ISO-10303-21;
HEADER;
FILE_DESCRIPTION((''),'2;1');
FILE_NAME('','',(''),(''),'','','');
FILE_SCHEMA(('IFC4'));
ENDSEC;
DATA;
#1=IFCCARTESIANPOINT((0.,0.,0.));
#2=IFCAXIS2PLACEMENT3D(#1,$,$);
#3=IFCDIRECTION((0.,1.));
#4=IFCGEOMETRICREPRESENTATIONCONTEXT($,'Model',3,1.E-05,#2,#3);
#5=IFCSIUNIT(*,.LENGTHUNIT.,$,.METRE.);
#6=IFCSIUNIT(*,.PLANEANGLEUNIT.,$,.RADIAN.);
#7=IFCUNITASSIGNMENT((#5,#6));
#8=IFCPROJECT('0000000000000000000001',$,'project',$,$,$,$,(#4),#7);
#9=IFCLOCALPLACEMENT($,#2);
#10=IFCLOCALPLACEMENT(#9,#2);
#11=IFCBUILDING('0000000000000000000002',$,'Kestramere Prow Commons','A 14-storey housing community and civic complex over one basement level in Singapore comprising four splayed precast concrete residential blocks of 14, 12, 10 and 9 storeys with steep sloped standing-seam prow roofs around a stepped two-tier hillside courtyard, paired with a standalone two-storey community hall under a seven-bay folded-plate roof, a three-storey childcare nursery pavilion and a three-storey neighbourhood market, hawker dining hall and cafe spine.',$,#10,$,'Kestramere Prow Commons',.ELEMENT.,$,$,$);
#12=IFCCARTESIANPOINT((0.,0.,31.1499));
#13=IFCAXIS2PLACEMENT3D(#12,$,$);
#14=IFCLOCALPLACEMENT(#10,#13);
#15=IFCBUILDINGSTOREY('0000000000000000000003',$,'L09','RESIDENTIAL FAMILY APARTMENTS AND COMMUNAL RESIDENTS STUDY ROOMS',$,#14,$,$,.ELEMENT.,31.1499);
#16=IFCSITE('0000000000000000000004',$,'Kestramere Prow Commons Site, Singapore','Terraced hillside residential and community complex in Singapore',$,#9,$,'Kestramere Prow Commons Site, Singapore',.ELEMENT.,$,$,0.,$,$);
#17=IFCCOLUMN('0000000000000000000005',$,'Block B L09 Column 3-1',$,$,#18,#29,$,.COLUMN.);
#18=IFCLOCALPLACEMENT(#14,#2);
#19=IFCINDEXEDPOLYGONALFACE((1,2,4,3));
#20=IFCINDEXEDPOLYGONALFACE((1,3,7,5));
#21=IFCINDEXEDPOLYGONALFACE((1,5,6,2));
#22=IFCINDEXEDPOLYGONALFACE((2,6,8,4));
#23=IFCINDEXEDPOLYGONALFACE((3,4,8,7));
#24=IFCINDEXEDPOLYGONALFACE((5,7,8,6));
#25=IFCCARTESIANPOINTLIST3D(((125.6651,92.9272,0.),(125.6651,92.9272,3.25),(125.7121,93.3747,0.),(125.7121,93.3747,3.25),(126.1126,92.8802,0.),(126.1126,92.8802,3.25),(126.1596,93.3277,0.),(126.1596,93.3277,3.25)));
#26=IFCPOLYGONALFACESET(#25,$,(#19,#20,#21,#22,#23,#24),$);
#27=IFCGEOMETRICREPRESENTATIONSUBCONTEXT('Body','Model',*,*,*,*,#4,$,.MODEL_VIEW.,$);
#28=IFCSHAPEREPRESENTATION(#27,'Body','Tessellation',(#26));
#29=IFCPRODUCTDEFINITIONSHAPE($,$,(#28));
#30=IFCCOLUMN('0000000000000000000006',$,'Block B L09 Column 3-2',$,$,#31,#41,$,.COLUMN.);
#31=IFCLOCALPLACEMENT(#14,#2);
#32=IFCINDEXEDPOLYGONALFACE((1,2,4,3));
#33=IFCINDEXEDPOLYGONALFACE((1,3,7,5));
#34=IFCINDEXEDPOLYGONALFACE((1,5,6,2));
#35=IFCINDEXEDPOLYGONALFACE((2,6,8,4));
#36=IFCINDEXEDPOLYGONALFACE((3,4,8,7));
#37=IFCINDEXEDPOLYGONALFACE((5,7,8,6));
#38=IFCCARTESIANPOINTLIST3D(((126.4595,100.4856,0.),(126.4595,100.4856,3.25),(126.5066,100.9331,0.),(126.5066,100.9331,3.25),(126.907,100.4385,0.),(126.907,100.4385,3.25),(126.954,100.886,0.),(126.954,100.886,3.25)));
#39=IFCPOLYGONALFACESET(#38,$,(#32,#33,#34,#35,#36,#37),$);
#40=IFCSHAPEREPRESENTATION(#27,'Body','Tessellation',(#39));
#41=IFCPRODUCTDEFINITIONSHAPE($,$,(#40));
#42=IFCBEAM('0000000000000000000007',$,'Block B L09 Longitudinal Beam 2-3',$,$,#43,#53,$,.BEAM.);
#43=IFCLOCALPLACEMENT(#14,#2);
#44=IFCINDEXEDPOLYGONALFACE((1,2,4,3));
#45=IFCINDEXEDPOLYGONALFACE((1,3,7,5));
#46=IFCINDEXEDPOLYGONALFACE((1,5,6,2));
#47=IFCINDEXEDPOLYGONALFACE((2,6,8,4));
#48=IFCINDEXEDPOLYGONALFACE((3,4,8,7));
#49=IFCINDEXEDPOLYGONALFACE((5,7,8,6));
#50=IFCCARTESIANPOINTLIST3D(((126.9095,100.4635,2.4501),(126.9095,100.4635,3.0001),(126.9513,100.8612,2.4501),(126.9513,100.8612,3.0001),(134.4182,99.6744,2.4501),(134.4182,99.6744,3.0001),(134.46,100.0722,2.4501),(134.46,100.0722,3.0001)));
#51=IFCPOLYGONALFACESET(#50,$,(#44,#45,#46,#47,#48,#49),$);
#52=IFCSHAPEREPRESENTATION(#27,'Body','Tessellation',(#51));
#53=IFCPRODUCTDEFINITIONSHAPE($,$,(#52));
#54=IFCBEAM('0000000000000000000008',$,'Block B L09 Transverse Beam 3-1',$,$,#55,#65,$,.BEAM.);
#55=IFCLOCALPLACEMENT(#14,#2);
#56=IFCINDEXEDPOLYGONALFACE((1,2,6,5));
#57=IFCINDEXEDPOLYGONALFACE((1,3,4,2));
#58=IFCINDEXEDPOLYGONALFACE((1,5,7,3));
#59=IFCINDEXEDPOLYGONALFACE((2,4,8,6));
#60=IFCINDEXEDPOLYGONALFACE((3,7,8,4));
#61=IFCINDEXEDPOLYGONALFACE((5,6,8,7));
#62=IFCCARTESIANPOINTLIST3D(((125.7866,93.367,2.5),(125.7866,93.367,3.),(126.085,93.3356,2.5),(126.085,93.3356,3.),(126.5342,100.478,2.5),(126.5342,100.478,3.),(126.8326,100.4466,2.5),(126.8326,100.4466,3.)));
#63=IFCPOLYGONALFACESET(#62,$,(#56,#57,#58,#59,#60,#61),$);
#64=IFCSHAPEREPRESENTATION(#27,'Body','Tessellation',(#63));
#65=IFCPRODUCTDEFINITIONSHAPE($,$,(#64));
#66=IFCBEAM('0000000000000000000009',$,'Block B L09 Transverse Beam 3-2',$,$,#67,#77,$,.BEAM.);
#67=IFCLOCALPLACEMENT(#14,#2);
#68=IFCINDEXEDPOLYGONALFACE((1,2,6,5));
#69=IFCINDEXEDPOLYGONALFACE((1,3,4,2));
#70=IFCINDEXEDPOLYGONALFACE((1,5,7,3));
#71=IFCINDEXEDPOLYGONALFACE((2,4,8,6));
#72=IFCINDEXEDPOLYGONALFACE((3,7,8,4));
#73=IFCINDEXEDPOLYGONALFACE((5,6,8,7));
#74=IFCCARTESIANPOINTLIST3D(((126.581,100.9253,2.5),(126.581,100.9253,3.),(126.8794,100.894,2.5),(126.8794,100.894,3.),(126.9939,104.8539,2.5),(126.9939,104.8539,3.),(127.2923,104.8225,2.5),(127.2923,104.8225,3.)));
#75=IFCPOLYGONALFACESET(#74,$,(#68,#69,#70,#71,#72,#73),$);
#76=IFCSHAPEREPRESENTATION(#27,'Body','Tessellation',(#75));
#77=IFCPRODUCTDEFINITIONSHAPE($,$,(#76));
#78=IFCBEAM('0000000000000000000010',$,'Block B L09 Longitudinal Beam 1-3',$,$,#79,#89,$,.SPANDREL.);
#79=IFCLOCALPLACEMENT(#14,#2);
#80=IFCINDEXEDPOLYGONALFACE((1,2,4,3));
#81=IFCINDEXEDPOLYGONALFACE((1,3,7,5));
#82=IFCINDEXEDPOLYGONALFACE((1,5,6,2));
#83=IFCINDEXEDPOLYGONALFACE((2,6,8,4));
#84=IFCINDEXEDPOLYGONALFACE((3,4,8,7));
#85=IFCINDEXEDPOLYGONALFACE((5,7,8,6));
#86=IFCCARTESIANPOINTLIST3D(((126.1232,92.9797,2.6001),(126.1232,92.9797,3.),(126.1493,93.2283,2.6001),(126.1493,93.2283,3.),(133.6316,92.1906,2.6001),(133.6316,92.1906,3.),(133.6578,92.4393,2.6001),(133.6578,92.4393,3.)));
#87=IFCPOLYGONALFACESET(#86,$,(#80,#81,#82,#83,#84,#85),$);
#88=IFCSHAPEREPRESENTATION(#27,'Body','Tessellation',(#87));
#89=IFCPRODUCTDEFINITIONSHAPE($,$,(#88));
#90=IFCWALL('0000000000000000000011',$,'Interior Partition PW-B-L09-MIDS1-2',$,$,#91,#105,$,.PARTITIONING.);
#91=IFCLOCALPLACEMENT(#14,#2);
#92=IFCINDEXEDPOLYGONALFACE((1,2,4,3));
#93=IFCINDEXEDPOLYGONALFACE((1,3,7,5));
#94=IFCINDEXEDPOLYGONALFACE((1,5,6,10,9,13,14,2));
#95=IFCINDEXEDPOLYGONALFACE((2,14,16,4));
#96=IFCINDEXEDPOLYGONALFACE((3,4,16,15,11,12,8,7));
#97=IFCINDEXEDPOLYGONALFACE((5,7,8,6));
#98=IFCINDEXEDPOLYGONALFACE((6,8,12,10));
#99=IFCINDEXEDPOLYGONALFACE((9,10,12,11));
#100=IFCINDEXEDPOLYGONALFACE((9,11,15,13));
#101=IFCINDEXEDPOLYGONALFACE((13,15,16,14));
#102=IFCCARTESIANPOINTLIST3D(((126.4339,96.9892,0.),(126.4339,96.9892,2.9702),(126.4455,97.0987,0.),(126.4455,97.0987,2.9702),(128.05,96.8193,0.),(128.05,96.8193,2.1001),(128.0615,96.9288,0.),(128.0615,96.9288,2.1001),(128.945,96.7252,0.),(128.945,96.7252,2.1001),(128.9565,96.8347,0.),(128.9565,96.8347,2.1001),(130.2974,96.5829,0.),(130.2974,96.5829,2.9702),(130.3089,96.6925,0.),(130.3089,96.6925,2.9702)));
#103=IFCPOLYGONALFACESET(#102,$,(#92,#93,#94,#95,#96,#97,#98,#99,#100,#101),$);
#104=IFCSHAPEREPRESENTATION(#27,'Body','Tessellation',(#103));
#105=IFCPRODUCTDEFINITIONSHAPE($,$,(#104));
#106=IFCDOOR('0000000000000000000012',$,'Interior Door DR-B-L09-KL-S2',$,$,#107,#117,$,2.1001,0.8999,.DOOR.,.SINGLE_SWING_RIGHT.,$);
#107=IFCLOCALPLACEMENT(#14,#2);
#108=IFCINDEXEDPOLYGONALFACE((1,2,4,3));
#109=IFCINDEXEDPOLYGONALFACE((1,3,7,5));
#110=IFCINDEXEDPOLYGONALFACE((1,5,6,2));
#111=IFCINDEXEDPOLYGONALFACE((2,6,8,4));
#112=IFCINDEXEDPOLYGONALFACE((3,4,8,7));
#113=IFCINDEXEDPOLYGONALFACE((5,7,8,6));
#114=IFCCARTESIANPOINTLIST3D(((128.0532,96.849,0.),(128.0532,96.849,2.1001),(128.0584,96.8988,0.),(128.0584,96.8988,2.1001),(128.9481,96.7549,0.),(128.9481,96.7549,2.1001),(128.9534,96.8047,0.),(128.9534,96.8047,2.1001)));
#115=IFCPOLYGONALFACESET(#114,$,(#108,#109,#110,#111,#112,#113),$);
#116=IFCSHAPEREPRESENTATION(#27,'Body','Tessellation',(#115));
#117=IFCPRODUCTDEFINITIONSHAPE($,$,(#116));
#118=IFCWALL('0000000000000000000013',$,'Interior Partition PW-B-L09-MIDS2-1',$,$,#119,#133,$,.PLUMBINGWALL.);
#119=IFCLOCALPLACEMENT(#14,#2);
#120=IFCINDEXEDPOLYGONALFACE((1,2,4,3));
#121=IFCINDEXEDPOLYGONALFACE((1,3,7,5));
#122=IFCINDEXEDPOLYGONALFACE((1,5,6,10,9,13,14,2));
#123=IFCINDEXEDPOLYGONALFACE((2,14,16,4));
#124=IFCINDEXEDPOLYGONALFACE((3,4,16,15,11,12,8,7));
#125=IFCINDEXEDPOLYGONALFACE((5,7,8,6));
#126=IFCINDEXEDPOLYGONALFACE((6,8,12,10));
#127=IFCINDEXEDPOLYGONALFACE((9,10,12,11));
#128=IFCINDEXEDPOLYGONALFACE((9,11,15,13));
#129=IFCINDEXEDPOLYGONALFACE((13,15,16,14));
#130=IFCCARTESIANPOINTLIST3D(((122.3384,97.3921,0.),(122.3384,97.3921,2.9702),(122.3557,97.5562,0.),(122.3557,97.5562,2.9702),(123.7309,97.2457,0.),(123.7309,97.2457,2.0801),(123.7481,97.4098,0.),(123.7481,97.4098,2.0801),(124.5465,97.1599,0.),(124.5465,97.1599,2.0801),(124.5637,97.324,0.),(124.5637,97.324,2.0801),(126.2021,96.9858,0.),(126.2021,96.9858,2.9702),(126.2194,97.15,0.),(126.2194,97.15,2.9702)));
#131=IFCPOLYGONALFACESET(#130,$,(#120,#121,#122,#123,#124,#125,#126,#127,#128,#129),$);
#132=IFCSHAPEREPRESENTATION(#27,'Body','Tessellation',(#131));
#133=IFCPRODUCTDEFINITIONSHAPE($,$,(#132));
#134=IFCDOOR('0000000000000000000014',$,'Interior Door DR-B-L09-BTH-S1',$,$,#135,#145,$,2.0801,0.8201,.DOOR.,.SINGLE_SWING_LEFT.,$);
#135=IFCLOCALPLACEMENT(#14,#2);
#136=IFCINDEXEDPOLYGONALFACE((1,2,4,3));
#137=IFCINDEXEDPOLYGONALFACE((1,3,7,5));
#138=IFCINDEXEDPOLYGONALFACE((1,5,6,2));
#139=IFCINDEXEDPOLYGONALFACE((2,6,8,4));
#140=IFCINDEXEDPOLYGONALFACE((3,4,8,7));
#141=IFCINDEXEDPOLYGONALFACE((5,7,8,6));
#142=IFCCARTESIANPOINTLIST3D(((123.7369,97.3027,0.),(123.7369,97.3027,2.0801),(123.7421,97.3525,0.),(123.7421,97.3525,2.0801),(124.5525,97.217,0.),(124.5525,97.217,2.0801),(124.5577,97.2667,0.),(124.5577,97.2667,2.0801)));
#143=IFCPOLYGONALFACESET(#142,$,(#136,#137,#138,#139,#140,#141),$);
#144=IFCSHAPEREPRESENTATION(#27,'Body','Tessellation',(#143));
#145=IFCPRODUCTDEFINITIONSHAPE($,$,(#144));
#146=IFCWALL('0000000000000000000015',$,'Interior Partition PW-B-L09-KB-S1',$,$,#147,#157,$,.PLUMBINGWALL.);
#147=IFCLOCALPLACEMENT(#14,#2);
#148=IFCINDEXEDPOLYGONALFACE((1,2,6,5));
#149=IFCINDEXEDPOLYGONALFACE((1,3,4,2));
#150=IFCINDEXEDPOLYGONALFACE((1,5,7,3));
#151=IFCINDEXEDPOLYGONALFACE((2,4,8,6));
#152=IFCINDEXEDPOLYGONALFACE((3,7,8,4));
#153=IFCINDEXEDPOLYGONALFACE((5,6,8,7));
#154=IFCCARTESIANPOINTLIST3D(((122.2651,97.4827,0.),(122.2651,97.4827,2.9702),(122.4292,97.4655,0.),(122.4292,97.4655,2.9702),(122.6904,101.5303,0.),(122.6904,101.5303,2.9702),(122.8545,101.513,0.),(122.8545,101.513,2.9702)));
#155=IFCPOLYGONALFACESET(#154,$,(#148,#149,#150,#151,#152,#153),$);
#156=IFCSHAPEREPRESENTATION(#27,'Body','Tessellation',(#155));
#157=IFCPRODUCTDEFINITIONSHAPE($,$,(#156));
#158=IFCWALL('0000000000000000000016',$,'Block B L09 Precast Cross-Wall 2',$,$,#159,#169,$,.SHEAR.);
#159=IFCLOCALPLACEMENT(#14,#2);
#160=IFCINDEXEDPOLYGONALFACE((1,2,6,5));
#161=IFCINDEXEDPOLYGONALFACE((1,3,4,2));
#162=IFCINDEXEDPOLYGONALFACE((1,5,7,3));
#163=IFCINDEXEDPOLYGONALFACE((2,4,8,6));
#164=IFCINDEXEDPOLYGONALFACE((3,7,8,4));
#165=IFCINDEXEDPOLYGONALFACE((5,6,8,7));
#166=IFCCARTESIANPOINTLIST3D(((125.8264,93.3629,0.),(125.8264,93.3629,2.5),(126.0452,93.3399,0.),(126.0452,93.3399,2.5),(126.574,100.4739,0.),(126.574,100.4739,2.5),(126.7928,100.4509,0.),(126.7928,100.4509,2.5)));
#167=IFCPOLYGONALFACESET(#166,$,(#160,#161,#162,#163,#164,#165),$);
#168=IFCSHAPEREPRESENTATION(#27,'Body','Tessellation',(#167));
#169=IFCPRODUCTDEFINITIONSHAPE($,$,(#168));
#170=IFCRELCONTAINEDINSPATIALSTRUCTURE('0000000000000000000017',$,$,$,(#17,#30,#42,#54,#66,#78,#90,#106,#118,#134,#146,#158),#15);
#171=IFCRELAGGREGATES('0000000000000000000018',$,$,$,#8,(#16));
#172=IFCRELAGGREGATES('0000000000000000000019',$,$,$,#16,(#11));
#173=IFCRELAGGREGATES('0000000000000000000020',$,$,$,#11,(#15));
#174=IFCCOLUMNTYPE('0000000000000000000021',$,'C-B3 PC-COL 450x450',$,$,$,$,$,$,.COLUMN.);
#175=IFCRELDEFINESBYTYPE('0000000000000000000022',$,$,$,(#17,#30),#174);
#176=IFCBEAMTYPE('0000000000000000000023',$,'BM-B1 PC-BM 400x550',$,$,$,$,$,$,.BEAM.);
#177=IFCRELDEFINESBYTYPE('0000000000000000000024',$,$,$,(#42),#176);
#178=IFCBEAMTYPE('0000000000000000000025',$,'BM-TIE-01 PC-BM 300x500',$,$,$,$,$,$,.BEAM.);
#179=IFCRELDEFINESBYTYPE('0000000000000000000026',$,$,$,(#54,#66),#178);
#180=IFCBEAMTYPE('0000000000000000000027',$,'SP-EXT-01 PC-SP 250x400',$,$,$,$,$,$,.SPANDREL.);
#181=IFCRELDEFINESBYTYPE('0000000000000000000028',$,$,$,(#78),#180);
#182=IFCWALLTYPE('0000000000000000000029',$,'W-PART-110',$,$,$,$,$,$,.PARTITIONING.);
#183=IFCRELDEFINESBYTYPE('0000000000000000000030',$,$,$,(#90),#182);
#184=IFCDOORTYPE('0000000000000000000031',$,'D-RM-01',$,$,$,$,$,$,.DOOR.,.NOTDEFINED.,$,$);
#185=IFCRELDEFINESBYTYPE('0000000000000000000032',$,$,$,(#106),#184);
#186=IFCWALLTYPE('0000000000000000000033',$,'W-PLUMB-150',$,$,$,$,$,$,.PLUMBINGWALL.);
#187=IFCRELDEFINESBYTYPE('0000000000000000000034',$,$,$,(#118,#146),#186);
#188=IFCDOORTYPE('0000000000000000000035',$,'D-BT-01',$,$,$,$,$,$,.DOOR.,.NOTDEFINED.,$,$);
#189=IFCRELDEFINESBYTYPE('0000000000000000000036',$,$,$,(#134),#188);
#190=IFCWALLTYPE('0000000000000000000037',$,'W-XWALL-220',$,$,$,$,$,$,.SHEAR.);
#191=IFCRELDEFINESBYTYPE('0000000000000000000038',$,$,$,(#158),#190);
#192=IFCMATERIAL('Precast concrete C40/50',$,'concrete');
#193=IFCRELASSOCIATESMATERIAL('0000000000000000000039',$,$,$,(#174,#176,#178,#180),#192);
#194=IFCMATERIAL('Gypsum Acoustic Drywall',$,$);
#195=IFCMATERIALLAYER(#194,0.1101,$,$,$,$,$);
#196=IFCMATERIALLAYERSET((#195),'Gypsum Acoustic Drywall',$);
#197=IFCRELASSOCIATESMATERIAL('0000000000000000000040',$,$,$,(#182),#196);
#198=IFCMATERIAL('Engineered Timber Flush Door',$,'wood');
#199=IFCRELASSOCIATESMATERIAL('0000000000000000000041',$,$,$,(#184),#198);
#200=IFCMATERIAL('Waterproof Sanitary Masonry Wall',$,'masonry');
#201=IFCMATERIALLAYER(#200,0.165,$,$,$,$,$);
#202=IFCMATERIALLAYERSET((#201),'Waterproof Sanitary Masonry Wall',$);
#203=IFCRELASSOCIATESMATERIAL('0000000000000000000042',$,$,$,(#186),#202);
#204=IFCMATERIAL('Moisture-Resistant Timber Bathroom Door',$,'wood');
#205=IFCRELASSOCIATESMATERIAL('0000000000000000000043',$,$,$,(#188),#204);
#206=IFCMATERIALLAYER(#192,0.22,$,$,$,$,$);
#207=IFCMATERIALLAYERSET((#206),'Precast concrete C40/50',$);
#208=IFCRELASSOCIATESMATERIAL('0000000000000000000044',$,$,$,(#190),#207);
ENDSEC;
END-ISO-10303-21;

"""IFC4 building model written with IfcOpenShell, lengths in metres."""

from ifc_helpers import new_model, si_unit, direction, frame, frame_2d, origin, origin_2d, place, context, subcontext, project, spatial, rectangle, extrude, material, layer, layer_set, material_profile, profile_set, type_object, element, fill, save


model = new_model("IFC4")

# Units and contexts
model_context = context("Model", 3, precision=1e-05, world=origin(), true_north=direction((0.0, 1.0)))
body_context = subcontext(model_context, "Body", "Model", "MODEL_VIEW")
ifc_project = project(units=[si_unit("LENGTHUNIT", "METRE"), si_unit("PLANEANGLEUNIT", "RADIAN")], contexts=[model_context])

# Site, building, storey
site_placement = place(None, origin())
site = spatial("IfcSite", under=ifc_project, at=site_placement, Name="Kestramere Prow Commons Site, Singapore", Description="Terraced hillside residential and community complex in Singapore", LongName="Kestramere Prow Commons Site, Singapore", CompositionType="ELEMENT", RefElevation=0.0)
building_placement = place(site_placement, origin())
building = spatial("IfcBuilding", under=site, at=building_placement, Name="Kestramere Prow Commons", Description="A 14-storey housing community and civic complex over one basement level in Singapore comprising four splayed precast concrete residential blocks of 14, 12, 10 and 9 storeys with steep sloped standing-seam prow roofs around a stepped two-tier hillside courtyard, paired with a standalone two-storey community hall under a seven-bay folded-plate roof, a three-storey childcare nursery pavilion and a three-storey neighbourhood market, hawker dining hall and cafe spine.", LongName="Kestramere Prow Commons", CompositionType="ELEMENT")
storey_placement = place(building_placement, frame((0.0, 0.0, 31.1499)))
storey = spatial("IfcBuildingStorey", under=building, at=storey_placement, Name="L09", Description="RESIDENTIAL FAMILY APARTMENTS AND COMMUNAL RESIDENTS STUDY ROOMS", CompositionType="ELEMENT", Elevation=31.1499)

# Columns
ifc_material_1 = material(Name="Precast concrete C40/50", Category="concrete")
ifc_material_profile_1 = material_profile(ifc_material_1, rectangle(XDim=0.45, YDim=0.45, at=origin_2d()), Name="PC-COL 450x450")
ifc_profile_set_1 = profile_set([ifc_material_profile_1], Name="Precast concrete C40/50")
column_type = type_object("IfcColumnType", Name="C-B3 PC-COL 450x450", PredefinedType="COLUMN", material=ifc_profile_set_1)
for number, where, z_axis, x_axis, name in (
    (1, (125.9124, 93.1274, 0.0), (0.0, 0.0, 1.0), (0.994522, -0.104528, 0.0), "Block B L09 Column 3-1"),
    (2, (126.7068, 100.6858, 0.0), (0.0, 0.0, 1.0), (0.994522, -0.104528, 0.0), "Block B L09 Column 3-2"),
):
    element("IfcColumn", number, at=place(storey_placement, frame(where, z_axis=z_axis, x_axis=x_axis)), inside=storey, type_object=column_type, Name=name, PredefinedType="COLUMN", context=body_context, shape_type="SweptSolid", body=[
        extrude(rectangle(XDim=0.45, YDim=0.45, at=origin_2d()), origin(), (0.0, 0.0, 1.0), 3.25),
    ])

# Beams
ifc_material_profile_2 = material_profile(ifc_material_1, rectangle(XDim=0.3999, YDim=0.55, at=origin_2d()), Name="PC-BM 400x550")
ifc_profile_set_2 = profile_set([ifc_material_profile_2], Name="Precast concrete C40/50")
beam_type_1 = type_object("IfcBeamType", Name="BM-B1 PC-BM 400x550", PredefinedType="BEAM", material=ifc_profile_set_2)
beam_1_placement = place(storey_placement, frame((126.9304, 100.6624, 2.7251), z_axis=(0.994524, -0.10451, 0.0), x_axis=(0.10451, 0.994524, 0.0)))
element("IfcBeam", 3, at=beam_1_placement, inside=storey, type_object=beam_type_1, Name="Block B L09 Longitudinal Beam 2-3", PredefinedType="BEAM", context=body_context, shape_type="SweptSolid", body=[
    extrude(rectangle(XDim=0.3999, YDim=0.55, at=origin_2d()), origin(), (0.0, 0.0, 1.0), 7.55),
])
ifc_material_profile_3 = material_profile(ifc_material_1, rectangle(XDim=0.3, YDim=0.5, at=origin_2d()), Name="PC-BM 300x500")
ifc_profile_set_3 = profile_set([ifc_material_profile_3], Name="Precast concrete C40/50")
beam_type_2 = type_object("IfcBeamType", Name="BM-TIE-01 PC-BM 300x500", PredefinedType="BEAM", material=ifc_profile_set_3)
beam_2_placement = place(storey_placement, frame((125.9358, 93.3513, 2.75), z_axis=(0.104553, 0.994519, 0.0), x_axis=(-0.994519, 0.104553, 0.0)))
element("IfcBeam", 4, at=beam_2_placement, inside=storey, type_object=beam_type_2, Name="Block B L09 Transverse Beam 3-1", PredefinedType="BEAM", context=body_context, shape_type="SweptSolid", body=[
    extrude(rectangle(XDim=0.3, YDim=0.5, at=origin_2d()), origin(), (0.0, 0.0, 1.0), 7.1501),
])
beam_3_placement = place(storey_placement, frame((126.7302, 100.9097, 2.75), z_axis=(0.104514, 0.994523, 0.0), x_axis=(-0.994523, 0.104514, 0.0)))
element("IfcBeam", 5, at=beam_3_placement, inside=storey, type_object=beam_type_2, Name="Block B L09 Transverse Beam 3-2", PredefinedType="BEAM", context=body_context, shape_type="SweptSolid", body=[
    extrude(rectangle(XDim=0.3, YDim=0.5, at=origin_2d()), origin(), (0.0, 0.0, 1.0), 3.9502),
])
ifc_material_profile_4 = material_profile(ifc_material_1, rectangle(XDim=0.25, YDim=0.3999, at=origin_2d()), Name="PC-SP 250x400")
ifc_profile_set_4 = profile_set([ifc_material_profile_4], Name="Precast concrete C40/50")
beam_type_3 = type_object("IfcBeamType", Name="SP-EXT-01 PC-SP 250x400", PredefinedType="SPANDREL", material=ifc_profile_set_4)
beam_4_placement = place(storey_placement, frame((126.1362, 93.104, 2.8), z_axis=(0.994524, -0.104513, 0.0), x_axis=(0.104513, 0.994524, 0.0)))
element("IfcBeam", 6, at=beam_4_placement, inside=storey, type_object=beam_type_3, Name="Block B L09 Longitudinal Beam 1-3", PredefinedType="SPANDREL", context=body_context, shape_type="SweptSolid", body=[
    extrude(rectangle(XDim=0.25, YDim=0.3999, at=origin_2d()), origin(), (0.0, 0.0, 1.0), 7.5498),
])

# Walls, openings, doors
ifc_material_2 = material(Name="Gypsum Acoustic Drywall")
ifc_layer_1 = layer(ifc_material_2, 0.1101)
ifc_layer_set_1 = layer_set([ifc_layer_1], Name="Gypsum Acoustic Drywall")
wall_type_1 = type_object("IfcWallType", Name="W-PART-110", PredefinedType="PARTITIONING", material=ifc_layer_set_1)
wall_1_placement = place(storey_placement, frame((126.4397, 97.0439, 0.0), z_axis=(0.0, 0.0, 1.0), x_axis=(0.994517, -0.104574, 0.0)))
wall_1 = element("IfcWall", 7, at=wall_1_placement, inside=storey, type_object=wall_type_1, Name="Interior Partition PW-B-L09-MIDS1-2", PredefinedType="PARTITIONING", context=body_context, shape_type="SweptSolid", body=[
    extrude(rectangle(XDim=3.8848, YDim=0.1101, at=frame_2d((1.9424, 0.0))), origin(), (0.0, 0.0, 1.0), 2.9702),
])
opening_1_placement = place(wall_1_placement, frame((1.625, 0.0, 0.0)))
opening_1 = element("IfcOpeningElement", 8, at=opening_1_placement, cuts=wall_1, PredefinedType="OPENING", context=body_context, shape_type="SweptSolid", body=[
    extrude(rectangle(XDim=0.8999, YDim=2.1001, at=frame_2d((0.45, 1.05))), frame((0.0, 0.0701, 0.0), z_axis=(0.0, -1.0, 0.0), x_axis=(1.0, 0.0, 0.0)), (0.0, 0.0, 1.0), 0.1401),
])
ifc_material_3 = material(Name="Engineered Timber Flush Door", Category="wood")
door_type_1 = type_object("IfcDoorType", Name="D-RM-01", OperationType="NOTDEFINED", PredefinedType="DOOR", material=ifc_material_3)
door_1_placement = place(opening_1_placement, origin())
door_1 = element("IfcDoor", 9, at=door_1_placement, inside=storey, type_object=door_type_1, Name="Interior Door DR-B-L09-KL-S2", OperationType="SINGLE_SWING_RIGHT", OverallHeight=2.1001, OverallWidth=0.8999, PredefinedType="DOOR", context=body_context, shape_type="SweptSolid", body=[
    extrude(rectangle(XDim=0.8999, YDim=2.1001, at=frame_2d((0.45, 1.05))), frame((0.0, 0.0249, 0.0), z_axis=(0.0, -1.0, 0.0), x_axis=(1.0, 0.0, 0.0)), (0.0, 0.0, 1.0), 0.05),
])
fill(opening_1, door_1)
ifc_material_4 = material(Name="Waterproof Sanitary Masonry Wall", Category="masonry")
ifc_layer_2 = layer(ifc_material_4, 0.165)
ifc_layer_set_2 = layer_set([ifc_layer_2], Name="Waterproof Sanitary Masonry Wall")
wall_type_2 = type_object("IfcWallType", Name="W-PLUMB-150", PredefinedType="PLUMBINGWALL", material=ifc_layer_set_2)
wall_2_placement = place(storey_placement, frame((122.3472, 97.4741, 0.0), z_axis=(0.0, 0.0, 1.0), x_axis=(0.994518, -0.104567, 0.0)))
wall_2 = element("IfcWall", 10, at=wall_2_placement, inside=storey, type_object=wall_type_2, Name="Interior Partition PW-B-L09-MIDS2-1", PredefinedType="PLUMBINGWALL", context=body_context, shape_type="SweptSolid", body=[
    extrude(rectangle(XDim=3.885, YDim=0.165, at=frame_2d((1.9424, 0.0))), origin(), (0.0, 0.0, 1.0), 2.9702),
])
opening_2_placement = place(wall_2_placement, frame((1.3999, 0.0, 0.0)))
opening_2 = element("IfcOpeningElement", 11, at=opening_2_placement, cuts=wall_2, PredefinedType="OPENING", context=body_context, shape_type="SweptSolid", body=[
    extrude(rectangle(XDim=0.8201, YDim=2.0801, at=frame_2d((0.4102, 1.04))), frame((0.0, 0.0974, 0.0), z_axis=(0.0, -1.0, 0.0), x_axis=(1.0, 0.0, 0.0)), (0.0, 0.0, 1.0), 0.1951),
])
ifc_material_5 = material(Name="Moisture-Resistant Timber Bathroom Door", Category="wood")
door_type_2 = type_object("IfcDoorType", Name="D-BT-01", OperationType="NOTDEFINED", PredefinedType="DOOR", material=ifc_material_5)
door_2_placement = place(opening_2_placement, origin())
door_2 = element("IfcDoor", 12, at=door_2_placement, inside=storey, type_object=door_type_2, Name="Interior Door DR-B-L09-BTH-S1", OperationType="SINGLE_SWING_LEFT", OverallHeight=2.0801, OverallWidth=0.8201, PredefinedType="DOOR", context=body_context, shape_type="SweptSolid", body=[
    extrude(rectangle(XDim=0.8201, YDim=2.0801, at=frame_2d((0.4102, 1.04))), frame((0.0, 0.0249, 0.0), z_axis=(0.0, -1.0, 0.0), x_axis=(1.0, 0.0, 0.0)), (0.0, 0.0, 1.0), 0.05),
])
fill(opening_2, door_2)

# Walls
wall_3_placement = place(storey_placement, frame((122.3472, 97.4741, 0.0), z_axis=(0.0, 0.0, 1.0), x_axis=(0.104497, 0.994525, 0.0)))
element("IfcWall", 13, at=wall_3_placement, inside=storey, type_object=wall_type_2, Name="Interior Partition PW-B-L09-KB-S1", PredefinedType="PLUMBINGWALL", context=body_context, shape_type="SweptSolid", body=[
    extrude(rectangle(XDim=4.0698, YDim=0.165, at=frame_2d((2.0349, 0.0))), origin(), (0.0, 0.0, 1.0), 2.9702),
])
ifc_layer_3 = layer(ifc_material_1, 0.22)
ifc_layer_set_3 = layer_set([ifc_layer_3], Name="Precast concrete C40/50")
wall_type_3 = type_object("IfcWallType", Name="W-XWALL-220", PredefinedType="SHEAR", material=ifc_layer_set_3)
wall_4_placement = place(storey_placement, frame((125.9358, 93.3513, 0.0), z_axis=(0.0, 0.0, 1.0), x_axis=(0.104553, 0.994519, 0.0)))
element("IfcWall", 14, at=wall_4_placement, inside=storey, type_object=wall_type_3, Name="Block B L09 Precast Cross-Wall 2", PredefinedType="SHEAR", context=body_context, shape_type="SweptSolid", body=[
    extrude(rectangle(XDim=7.1501, YDim=0.22, at=frame_2d((3.5752, 0.0))), origin(), (0.0, 0.0, 1.0), 2.5),
])

save(model, "model.ifc")
